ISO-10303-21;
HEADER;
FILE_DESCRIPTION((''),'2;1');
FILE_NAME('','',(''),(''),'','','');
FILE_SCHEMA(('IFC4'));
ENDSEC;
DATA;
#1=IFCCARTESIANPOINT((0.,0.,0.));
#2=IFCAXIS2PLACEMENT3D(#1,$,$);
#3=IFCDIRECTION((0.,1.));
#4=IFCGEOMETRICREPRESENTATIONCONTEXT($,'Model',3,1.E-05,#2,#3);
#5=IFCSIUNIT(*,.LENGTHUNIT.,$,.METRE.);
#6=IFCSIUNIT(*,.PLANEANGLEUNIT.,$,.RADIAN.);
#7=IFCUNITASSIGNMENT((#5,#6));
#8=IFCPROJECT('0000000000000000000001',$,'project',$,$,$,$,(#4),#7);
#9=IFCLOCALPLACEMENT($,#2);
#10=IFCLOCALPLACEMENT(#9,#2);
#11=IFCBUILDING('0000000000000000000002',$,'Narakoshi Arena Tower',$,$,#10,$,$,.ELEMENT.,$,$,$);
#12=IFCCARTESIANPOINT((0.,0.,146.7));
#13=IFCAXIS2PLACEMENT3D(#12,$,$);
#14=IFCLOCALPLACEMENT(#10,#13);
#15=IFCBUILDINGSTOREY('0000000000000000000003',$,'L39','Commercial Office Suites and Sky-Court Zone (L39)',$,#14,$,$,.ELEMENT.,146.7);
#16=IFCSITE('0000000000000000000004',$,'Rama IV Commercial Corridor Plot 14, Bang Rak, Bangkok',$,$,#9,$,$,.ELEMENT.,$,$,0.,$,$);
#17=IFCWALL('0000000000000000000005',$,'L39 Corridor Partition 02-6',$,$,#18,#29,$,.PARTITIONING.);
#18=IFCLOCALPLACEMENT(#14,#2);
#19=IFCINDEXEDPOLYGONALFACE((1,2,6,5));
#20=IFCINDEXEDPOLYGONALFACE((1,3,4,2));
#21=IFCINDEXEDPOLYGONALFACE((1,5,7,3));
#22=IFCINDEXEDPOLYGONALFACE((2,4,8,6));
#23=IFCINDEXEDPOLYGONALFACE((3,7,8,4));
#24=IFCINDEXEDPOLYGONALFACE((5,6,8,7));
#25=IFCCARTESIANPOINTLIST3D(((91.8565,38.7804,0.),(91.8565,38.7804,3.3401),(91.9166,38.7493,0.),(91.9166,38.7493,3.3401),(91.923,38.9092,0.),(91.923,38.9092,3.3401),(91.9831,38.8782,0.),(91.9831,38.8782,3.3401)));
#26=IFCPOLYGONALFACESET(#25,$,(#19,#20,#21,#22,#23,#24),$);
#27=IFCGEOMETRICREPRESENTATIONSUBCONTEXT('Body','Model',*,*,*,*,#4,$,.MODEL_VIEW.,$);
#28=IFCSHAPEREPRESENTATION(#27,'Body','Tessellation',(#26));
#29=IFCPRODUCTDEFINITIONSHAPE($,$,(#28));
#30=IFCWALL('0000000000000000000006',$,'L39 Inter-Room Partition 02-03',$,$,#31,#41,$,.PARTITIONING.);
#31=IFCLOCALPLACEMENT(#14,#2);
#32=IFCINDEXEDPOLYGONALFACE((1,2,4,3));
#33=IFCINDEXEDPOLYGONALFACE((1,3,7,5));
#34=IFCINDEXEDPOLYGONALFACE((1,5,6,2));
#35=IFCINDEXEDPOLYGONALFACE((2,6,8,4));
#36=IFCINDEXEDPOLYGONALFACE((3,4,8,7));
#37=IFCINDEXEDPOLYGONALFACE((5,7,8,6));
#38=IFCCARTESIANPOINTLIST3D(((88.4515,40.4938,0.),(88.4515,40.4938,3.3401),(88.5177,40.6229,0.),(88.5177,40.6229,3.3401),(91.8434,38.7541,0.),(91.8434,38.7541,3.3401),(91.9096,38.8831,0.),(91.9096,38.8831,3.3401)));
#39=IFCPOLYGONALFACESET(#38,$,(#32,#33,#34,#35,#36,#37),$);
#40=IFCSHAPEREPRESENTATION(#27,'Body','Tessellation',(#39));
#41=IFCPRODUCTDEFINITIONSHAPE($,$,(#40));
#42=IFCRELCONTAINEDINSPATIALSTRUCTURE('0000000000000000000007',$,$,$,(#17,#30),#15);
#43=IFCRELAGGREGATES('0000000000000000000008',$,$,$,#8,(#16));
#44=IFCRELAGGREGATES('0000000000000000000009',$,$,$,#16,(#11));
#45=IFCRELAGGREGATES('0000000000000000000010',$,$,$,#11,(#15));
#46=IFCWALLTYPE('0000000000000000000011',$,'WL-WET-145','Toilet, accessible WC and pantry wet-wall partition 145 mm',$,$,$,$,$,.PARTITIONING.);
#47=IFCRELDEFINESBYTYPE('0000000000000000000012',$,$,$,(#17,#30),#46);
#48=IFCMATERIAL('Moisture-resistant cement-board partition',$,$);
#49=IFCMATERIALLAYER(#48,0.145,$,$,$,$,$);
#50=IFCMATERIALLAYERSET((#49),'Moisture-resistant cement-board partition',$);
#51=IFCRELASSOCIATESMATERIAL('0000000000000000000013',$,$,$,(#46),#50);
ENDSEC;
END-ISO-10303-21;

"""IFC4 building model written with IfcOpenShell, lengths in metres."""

from ifc_helpers import new_model, si_unit, direction, frame, frame_2d, origin, place, context, subcontext, project, spatial, rectangle, extrude, material, layer, layer_set, type_object, element, save


model = new_model("IFC4")

# Units and contexts
model_context = context("Model", 3, precision=1e-05, world=origin(), true_north=direction((0.0, 1.0)))
body_context = subcontext(model_context, "Body", "Model", "MODEL_VIEW")
ifc_project = project(units=[si_unit("LENGTHUNIT", "METRE"), si_unit("PLANEANGLEUNIT", "RADIAN")], contexts=[model_context])

# Site, building, storey
site_placement = place(None, origin())
site = spatial("IfcSite", under=ifc_project, at=site_placement, Name="Rama IV Commercial Corridor Plot 14, Bang Rak, Bangkok", CompositionType="ELEMENT", RefElevation=0.0)
building_placement = place(site_placement, origin())
building = spatial("IfcBuilding", under=site, at=building_placement, Name="Narakoshi Arena Tower", CompositionType="ELEMENT")
storey_placement = place(building_placement, frame((0.0, 0.0, 146.7)))
storey = spatial("IfcBuildingStorey", under=building, at=storey_placement, Name="L39", Description="Commercial Office Suites and Sky-Court Zone (L39)", CompositionType="ELEMENT", Elevation=146.7)

# Walls
ifc_material_1 = material(Name="Moisture-resistant cement-board partition")
ifc_layer_1 = layer(ifc_material_1, 0.145)
ifc_layer_set_1 = layer_set([ifc_layer_1], Name="Moisture-resistant cement-board partition")
wall_type_1 = type_object("IfcWallType", Name="WL-WET-145", Description="Toilet, accessible WC and pantry wet-wall partition 145 mm", PredefinedType="PARTITIONING", material=ifc_layer_set_1)
wall_1_placement = place(storey_placement, frame((91.8899, 38.8447, 0.0), z_axis=(0.0, 0.0, 1.0), x_axis=(0.888573, -0.458735, 0.0)))
element("IfcWall", 1, at=wall_1_placement, inside=storey, type_object=wall_type_1, Name="L39 Corridor Partition 02-6", PredefinedType="PARTITIONING", context=body_context, shape_type="SweptSolid", body=[
    extrude(rectangle(XDim=0.0676, YDim=0.145, at=frame_2d((0.0337, 0.0))), origin(), (0.0, 0.0, 1.0), 3.3401),
])
wall_2_placement = place(storey_placement, frame((88.4846, 40.5583, 0.0), z_axis=(0.0, 0.0, 1.0), x_axis=(0.889781, -0.456387, 0.0)))
element("IfcWall", 2, at=wall_2_placement, inside=storey, type_object=wall_type_1, Name="L39 Inter-Room Partition 02-03", PredefinedType="PARTITIONING", context=body_context, shape_type="SweptSolid", body=[
    extrude(rectangle(XDim=3.812, YDim=0.145, at=frame_2d((1.906, 0.0))), origin(), (0.0, 0.0, 1.0), 3.3401),
])

save(model, "model.ifc")
